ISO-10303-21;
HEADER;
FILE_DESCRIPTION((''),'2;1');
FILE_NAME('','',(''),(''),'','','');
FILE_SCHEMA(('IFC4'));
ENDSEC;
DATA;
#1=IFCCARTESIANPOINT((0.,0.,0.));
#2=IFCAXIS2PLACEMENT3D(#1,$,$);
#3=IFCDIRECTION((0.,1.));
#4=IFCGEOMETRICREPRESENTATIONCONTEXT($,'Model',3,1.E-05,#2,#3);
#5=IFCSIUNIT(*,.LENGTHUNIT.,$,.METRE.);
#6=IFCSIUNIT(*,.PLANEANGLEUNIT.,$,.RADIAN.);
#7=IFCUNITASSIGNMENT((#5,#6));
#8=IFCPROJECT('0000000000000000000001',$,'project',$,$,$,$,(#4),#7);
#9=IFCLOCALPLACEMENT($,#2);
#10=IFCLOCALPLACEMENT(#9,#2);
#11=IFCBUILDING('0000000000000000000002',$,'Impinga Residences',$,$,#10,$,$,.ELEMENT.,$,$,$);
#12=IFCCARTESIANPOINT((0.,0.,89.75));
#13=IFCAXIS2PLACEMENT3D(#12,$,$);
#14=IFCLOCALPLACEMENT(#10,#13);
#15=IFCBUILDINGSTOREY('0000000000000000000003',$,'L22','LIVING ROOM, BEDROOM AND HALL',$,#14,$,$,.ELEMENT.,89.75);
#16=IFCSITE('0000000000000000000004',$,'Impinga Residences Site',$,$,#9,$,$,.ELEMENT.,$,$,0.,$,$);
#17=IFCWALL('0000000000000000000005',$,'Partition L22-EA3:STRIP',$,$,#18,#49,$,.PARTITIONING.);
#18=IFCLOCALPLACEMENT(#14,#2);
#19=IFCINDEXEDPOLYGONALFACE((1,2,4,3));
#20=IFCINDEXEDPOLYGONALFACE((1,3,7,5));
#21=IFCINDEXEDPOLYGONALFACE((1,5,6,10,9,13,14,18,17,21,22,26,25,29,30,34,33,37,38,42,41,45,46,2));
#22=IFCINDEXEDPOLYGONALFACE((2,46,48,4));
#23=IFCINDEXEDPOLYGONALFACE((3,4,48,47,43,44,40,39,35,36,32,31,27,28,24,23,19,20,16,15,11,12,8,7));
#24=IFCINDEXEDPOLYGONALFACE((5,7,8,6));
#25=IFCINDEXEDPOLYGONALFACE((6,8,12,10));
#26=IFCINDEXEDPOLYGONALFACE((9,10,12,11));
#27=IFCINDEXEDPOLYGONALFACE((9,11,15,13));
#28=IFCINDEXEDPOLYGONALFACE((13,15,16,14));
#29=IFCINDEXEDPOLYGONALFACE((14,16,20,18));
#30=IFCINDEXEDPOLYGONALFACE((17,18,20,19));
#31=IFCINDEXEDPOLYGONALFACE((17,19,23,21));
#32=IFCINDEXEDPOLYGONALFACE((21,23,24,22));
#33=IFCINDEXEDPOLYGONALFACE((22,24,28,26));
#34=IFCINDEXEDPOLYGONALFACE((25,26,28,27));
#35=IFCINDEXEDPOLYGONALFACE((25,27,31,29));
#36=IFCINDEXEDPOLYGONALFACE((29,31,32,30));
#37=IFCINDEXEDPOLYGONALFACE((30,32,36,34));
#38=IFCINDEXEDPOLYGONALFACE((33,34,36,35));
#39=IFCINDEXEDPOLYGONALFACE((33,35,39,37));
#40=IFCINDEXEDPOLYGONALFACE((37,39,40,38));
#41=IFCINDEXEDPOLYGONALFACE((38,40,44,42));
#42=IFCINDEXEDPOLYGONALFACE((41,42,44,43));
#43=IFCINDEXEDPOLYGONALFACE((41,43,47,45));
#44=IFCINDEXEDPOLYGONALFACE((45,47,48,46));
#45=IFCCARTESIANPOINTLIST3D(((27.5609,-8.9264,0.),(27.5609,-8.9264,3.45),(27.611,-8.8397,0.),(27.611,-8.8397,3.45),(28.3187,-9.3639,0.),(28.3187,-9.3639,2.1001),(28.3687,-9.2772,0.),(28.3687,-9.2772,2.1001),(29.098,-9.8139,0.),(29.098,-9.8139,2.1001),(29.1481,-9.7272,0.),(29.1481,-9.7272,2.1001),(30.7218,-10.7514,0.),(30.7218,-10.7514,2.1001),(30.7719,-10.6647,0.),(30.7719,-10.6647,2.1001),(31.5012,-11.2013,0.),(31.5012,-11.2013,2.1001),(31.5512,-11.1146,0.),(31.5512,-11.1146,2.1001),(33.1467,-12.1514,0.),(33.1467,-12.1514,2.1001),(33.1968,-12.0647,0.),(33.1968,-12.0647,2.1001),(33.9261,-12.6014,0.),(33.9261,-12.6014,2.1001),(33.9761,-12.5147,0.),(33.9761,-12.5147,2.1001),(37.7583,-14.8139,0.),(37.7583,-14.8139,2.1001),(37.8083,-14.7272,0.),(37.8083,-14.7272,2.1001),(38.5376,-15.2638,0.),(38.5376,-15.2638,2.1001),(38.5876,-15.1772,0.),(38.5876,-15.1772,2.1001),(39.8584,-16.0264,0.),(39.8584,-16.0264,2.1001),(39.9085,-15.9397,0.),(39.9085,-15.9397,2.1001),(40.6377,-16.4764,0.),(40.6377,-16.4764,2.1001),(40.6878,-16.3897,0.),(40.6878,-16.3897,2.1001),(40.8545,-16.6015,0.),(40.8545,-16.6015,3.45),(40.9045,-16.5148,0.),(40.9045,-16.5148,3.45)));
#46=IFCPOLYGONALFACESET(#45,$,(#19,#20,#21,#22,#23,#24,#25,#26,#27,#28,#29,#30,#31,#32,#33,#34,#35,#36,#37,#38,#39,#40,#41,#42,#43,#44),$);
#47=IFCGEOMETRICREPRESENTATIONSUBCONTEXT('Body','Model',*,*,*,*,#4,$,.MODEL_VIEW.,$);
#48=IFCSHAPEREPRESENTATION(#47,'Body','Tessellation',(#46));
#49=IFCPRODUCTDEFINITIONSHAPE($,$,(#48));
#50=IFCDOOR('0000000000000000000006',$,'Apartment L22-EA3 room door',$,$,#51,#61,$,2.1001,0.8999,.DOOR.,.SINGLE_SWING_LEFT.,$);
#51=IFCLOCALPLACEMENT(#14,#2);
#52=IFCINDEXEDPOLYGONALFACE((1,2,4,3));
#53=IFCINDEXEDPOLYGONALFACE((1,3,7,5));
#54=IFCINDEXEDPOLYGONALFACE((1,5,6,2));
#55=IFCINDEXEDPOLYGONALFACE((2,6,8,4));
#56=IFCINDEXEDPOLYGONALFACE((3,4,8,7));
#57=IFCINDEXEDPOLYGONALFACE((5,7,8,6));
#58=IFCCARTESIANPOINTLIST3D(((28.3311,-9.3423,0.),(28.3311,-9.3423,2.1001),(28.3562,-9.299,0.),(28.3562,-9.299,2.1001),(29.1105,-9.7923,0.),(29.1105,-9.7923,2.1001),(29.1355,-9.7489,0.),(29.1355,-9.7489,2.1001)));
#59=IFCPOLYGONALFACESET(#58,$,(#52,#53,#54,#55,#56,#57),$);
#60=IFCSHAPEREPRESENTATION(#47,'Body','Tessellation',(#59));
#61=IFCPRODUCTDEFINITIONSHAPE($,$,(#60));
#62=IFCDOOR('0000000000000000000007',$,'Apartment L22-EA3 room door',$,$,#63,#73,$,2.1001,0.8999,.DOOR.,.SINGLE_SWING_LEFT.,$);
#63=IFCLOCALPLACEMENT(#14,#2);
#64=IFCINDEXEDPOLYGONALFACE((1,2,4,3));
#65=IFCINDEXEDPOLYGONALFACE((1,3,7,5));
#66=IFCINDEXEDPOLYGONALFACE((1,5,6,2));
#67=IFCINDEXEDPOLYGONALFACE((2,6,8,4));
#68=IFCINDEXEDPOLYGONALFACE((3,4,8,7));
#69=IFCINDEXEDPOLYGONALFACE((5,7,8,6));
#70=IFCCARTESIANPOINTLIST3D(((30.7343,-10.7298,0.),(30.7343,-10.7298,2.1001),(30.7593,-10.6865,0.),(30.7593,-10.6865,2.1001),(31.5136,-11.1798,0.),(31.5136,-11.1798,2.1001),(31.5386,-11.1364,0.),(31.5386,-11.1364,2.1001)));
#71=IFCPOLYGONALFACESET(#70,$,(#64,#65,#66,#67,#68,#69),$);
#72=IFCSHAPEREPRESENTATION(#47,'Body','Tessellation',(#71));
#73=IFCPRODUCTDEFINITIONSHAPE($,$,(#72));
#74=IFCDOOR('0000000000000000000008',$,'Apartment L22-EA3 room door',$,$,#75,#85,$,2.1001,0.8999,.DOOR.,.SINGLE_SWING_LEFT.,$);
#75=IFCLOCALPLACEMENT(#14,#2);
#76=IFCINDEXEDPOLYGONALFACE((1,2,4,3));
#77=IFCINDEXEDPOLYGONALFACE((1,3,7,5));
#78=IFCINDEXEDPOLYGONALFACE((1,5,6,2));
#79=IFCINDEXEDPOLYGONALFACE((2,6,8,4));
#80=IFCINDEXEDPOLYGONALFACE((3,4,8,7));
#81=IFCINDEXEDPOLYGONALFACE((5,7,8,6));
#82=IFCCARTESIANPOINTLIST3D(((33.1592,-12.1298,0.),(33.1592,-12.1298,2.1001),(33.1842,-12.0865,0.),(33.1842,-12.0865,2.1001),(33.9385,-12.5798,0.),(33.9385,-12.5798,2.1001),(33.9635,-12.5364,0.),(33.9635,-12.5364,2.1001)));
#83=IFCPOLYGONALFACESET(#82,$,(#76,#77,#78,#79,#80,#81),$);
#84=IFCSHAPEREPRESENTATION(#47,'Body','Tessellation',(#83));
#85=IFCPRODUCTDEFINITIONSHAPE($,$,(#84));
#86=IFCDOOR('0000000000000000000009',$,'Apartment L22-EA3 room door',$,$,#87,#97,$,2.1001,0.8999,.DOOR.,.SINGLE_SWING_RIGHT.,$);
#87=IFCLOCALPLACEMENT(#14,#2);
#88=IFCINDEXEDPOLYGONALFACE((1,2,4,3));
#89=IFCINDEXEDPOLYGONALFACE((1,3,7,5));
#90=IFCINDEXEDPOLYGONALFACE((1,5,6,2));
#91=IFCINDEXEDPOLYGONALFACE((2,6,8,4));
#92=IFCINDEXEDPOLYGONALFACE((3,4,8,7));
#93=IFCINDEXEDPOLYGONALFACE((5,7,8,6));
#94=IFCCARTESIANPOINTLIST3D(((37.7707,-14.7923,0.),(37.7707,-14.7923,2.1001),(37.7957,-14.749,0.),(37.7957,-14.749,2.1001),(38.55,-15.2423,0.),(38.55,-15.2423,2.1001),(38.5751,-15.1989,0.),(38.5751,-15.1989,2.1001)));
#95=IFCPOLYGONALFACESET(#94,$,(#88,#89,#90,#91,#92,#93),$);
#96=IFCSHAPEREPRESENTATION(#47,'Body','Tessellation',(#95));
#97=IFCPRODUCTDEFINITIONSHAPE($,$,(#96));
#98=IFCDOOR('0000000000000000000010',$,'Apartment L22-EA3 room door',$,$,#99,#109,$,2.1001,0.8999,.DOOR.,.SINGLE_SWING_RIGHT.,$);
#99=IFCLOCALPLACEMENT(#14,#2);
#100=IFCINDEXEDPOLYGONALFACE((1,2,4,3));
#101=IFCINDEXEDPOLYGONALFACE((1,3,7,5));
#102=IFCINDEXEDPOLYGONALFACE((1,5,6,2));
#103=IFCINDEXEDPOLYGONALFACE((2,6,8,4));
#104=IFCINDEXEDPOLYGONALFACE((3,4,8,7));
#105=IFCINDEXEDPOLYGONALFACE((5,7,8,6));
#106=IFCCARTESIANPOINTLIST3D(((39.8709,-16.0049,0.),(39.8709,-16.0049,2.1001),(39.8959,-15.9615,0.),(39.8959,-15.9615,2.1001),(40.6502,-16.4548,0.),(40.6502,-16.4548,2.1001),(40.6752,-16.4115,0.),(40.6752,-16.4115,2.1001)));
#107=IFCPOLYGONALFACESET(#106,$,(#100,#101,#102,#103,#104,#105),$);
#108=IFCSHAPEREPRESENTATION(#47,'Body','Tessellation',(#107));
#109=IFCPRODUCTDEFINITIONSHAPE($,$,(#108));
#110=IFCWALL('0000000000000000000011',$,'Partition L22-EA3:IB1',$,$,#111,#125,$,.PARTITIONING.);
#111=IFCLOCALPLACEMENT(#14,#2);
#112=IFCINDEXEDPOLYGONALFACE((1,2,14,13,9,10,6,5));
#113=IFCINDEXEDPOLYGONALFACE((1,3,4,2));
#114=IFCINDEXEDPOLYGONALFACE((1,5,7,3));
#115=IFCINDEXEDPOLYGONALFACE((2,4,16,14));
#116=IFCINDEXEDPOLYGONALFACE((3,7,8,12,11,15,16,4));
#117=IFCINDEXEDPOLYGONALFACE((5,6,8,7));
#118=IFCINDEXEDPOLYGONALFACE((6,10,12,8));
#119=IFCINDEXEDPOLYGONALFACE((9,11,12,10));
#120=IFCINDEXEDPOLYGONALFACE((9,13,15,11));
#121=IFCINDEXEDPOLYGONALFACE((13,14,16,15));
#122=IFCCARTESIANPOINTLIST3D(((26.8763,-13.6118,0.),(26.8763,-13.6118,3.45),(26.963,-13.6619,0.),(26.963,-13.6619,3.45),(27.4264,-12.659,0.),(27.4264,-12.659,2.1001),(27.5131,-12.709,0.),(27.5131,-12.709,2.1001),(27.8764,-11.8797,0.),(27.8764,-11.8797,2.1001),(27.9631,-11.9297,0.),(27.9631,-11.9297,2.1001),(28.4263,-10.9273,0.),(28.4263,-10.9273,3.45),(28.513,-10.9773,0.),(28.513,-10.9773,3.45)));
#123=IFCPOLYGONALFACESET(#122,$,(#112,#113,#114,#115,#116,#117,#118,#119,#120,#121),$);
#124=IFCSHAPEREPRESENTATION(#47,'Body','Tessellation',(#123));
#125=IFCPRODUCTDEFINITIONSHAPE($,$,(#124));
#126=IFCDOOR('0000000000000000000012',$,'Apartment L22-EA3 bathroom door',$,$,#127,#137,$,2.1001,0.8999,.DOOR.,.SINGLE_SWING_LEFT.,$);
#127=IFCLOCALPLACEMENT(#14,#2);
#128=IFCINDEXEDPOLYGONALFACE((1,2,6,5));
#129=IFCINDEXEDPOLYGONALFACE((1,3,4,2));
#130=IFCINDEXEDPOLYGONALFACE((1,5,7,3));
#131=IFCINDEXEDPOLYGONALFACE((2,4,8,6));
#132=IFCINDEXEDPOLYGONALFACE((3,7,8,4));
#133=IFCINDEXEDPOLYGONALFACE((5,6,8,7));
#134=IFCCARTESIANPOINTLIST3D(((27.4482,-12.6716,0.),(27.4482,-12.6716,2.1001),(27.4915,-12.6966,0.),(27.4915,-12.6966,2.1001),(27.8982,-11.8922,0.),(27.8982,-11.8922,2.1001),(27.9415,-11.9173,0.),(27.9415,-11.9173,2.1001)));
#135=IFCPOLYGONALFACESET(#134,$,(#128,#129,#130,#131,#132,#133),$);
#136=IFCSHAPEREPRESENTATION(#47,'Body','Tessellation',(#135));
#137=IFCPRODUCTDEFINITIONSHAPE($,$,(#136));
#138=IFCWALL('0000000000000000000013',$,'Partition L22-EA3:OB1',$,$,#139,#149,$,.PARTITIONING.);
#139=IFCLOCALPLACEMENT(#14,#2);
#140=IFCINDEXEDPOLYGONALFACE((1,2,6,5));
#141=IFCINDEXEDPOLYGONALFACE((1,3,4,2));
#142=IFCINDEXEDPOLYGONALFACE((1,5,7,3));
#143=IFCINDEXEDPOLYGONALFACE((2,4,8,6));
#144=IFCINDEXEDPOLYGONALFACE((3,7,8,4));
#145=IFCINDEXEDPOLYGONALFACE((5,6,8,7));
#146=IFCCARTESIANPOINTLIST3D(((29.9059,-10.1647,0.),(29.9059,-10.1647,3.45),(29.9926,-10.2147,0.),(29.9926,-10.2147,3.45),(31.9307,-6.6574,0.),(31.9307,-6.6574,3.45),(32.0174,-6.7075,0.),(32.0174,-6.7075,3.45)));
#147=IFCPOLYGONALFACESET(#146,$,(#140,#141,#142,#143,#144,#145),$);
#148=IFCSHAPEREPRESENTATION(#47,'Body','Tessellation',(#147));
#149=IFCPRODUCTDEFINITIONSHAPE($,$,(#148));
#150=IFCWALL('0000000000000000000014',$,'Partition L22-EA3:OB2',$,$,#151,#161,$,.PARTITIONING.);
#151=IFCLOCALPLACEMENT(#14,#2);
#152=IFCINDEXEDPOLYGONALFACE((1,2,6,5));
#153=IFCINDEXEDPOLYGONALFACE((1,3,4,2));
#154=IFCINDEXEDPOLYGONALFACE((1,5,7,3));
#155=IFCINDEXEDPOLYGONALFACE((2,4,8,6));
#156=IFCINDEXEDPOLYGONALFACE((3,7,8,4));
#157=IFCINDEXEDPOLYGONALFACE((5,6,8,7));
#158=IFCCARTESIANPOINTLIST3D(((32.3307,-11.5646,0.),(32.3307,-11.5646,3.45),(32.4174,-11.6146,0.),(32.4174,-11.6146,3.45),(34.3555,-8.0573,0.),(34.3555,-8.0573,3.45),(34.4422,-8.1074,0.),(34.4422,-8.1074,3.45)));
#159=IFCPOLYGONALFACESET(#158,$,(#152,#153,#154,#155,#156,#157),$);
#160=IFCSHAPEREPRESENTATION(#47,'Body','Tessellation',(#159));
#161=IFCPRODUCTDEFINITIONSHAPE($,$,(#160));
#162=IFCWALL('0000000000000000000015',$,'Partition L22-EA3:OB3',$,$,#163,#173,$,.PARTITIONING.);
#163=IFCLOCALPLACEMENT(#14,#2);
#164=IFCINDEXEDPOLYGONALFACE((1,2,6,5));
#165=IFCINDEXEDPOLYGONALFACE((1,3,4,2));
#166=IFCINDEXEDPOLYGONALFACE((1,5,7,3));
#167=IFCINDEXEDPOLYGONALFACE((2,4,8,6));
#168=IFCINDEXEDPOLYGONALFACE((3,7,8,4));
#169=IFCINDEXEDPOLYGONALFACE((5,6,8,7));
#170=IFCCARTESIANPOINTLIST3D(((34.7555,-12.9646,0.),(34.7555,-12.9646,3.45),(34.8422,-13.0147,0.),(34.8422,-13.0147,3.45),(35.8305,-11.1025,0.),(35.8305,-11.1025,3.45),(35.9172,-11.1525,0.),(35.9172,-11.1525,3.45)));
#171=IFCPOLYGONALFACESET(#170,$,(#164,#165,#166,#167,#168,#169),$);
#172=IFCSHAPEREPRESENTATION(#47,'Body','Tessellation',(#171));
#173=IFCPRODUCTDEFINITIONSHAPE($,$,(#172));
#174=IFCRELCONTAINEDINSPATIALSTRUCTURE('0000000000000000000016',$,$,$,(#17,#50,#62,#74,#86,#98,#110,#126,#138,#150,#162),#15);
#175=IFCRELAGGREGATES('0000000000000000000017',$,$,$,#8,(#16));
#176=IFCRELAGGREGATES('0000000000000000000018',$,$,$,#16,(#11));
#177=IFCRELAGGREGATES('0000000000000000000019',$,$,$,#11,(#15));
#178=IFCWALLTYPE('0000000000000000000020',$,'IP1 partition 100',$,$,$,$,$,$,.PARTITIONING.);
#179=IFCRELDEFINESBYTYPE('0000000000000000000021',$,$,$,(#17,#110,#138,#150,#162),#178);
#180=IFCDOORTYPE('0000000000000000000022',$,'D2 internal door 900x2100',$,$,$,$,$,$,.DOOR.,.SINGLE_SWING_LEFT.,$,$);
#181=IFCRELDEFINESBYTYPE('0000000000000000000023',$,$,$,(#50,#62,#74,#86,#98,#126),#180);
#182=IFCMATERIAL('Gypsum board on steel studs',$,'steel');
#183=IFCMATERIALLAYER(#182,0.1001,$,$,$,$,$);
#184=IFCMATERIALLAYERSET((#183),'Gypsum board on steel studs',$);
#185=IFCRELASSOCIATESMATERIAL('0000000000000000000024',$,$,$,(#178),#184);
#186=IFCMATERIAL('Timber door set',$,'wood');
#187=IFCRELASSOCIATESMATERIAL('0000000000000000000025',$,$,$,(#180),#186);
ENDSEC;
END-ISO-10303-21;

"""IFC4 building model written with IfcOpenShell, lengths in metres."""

from ifc_helpers import new_model, si_unit, direction, frame, frame_2d, origin, place, context, subcontext, project, spatial, rectangle, extrude, material, layer, layer_set, type_object, element, fill, save


model = new_model("IFC4")

# Units and contexts
model_context = context("Model", 3, precision=1e-05, world=origin(), true_north=direction((0.0, 1.0)))
body_context = subcontext(model_context, "Body", "Model", "MODEL_VIEW")
ifc_project = project(units=[si_unit("LENGTHUNIT", "METRE"), si_unit("PLANEANGLEUNIT", "RADIAN")], contexts=[model_context])

# Site, building, storey
site_placement = place(None, origin())
site = spatial("IfcSite", under=ifc_project, at=site_placement, Name="Impinga Residences Site", CompositionType="ELEMENT", RefElevation=0.0)
building_placement = place(site_placement, origin())
building = spatial("IfcBuilding", under=site, at=building_placement, Name="Impinga Residences", CompositionType="ELEMENT")
storey_placement = place(building_placement, frame((0.0, 0.0, 89.75)))
storey = spatial("IfcBuildingStorey", under=building, at=storey_placement, Name="L22", Description="LIVING ROOM, BEDROOM AND HALL", CompositionType="ELEMENT", Elevation=89.75)

# Shared definitions
ifc_material_1 = material(Name="Gypsum board on steel studs", Category="steel")
ifc_layer_1 = layer(ifc_material_1, 0.1001)
ifc_layer_set_1 = layer_set([ifc_layer_1], Name="Gypsum board on steel studs")
wall_type_1 = type_object("IfcWallType", Name="IP1 partition 100", PredefinedType="PARTITIONING", material=ifc_layer_set_1)

# Wall, openings, doors
wall_1_placement = place(storey_placement, frame((27.5859, -8.8831, 0.0), z_axis=(0.0, 0.0, 1.0), x_axis=(0.866023, -0.500003, 0.0)))
wall_1 = element("IfcWall", 1, at=wall_1_placement, inside=storey, type_object=wall_type_1, Name="Partition L22-EA3:STRIP", PredefinedType="PARTITIONING", context=body_context, shape_type="SweptSolid", body=[
    extrude(rectangle(XDim=15.3501, YDim=0.1001, at=frame_2d((7.675, 0.0))), origin(), (0.0, 0.0, 1.0), 3.45),
])
opening_1_placement = place(wall_1_placement, frame((0.875, 0.0, 0.0)))
opening_1 = element("IfcOpeningElement", 2, at=opening_1_placement, cuts=wall_1, PredefinedType="OPENING", context=body_context, shape_type="SweptSolid", body=[
    extrude(rectangle(XDim=0.8999, YDim=2.1001, at=frame_2d((0.45, 1.05))), frame((0.0, 0.0601, 0.0), z_axis=(0.0, -1.0, 0.0), x_axis=(1.0, 0.0, 0.0)), (0.0, 0.0, 1.0), 0.1201),
])
opening_2_placement = place(wall_1_placement, frame((3.6499, 0.0, 0.0)))
opening_2 = element("IfcOpeningElement", 3, at=opening_2_placement, cuts=wall_1, PredefinedType="OPENING", context=body_context, shape_type="SweptSolid", body=[
    extrude(rectangle(XDim=0.8999, YDim=2.1001, at=frame_2d((0.45, 1.05))), frame((0.0, 0.0601, 0.0), z_axis=(0.0, -1.0, 0.0), x_axis=(1.0, 0.0, 0.0)), (0.0, 0.0, 1.0), 0.1201),
])
opening_3_placement = place(wall_1_placement, frame((6.45, 0.0, 0.0)))
opening_3 = element("IfcOpeningElement", 4, at=opening_3_placement, cuts=wall_1, PredefinedType="OPENING", context=body_context, shape_type="SweptSolid", body=[
    extrude(rectangle(XDim=0.8999, YDim=2.1001, at=frame_2d((0.45, 1.05))), frame((0.0, 0.0601, 0.0), z_axis=(0.0, -1.0, 0.0), x_axis=(1.0, 0.0, 0.0)), (0.0, 0.0, 1.0), 0.1201),
])
opening_4_placement = place(wall_1_placement, frame((11.7749, 0.0, 0.0)))
opening_4 = element("IfcOpeningElement", 5, at=opening_4_placement, cuts=wall_1, PredefinedType="OPENING", context=body_context, shape_type="SweptSolid", body=[
    extrude(rectangle(XDim=0.8999, YDim=2.1001, at=frame_2d((0.45, 1.05))), frame((0.0, 0.0601, 0.0), z_axis=(0.0, -1.0, 0.0), x_axis=(1.0, 0.0, 0.0)), (0.0, 0.0, 1.0), 0.1201),
])
opening_5_placement = place(wall_1_placement, frame((14.2, 0.0, 0.0)))
opening_5 = element("IfcOpeningElement", 6, at=opening_5_placement, cuts=wall_1, PredefinedType="OPENING", context=body_context, shape_type="SweptSolid", body=[
    extrude(rectangle(XDim=0.8999, YDim=2.1001, at=frame_2d((0.45, 1.05))), frame((0.0, 0.0601, 0.0), z_axis=(0.0, -1.0, 0.0), x_axis=(1.0, 0.0, 0.0)), (0.0, 0.0, 1.0), 0.1201),
])
ifc_material_2 = material(Name="Timber door set", Category="wood")
door_type = type_object("IfcDoorType", Name="D2 internal door 900x2100", OperationType="SINGLE_SWING_LEFT", PredefinedType="DOOR", material=ifc_material_2)
door_1_placement = place(opening_1_placement, origin())
door_1 = element("IfcDoor", 7, at=door_1_placement, inside=storey, type_object=door_type, Name="Apartment L22-EA3 room door", OperationType="SINGLE_SWING_LEFT", OverallHeight=2.1001, OverallWidth=0.8999, PredefinedType="DOOR", context=body_context, shape_type="SweptSolid", body=[
    extrude(rectangle(XDim=0.8999, YDim=2.1001, at=frame_2d((0.45, 1.05))), frame((0.0, 0.0249, 0.0), z_axis=(0.0, -1.0, 0.0), x_axis=(1.0, 0.0, 0.0)), (0.0, 0.0, 1.0), 0.05),
])
fill(opening_1, door_1)
door_2_placement = place(opening_2_placement, origin())
door_2 = element("IfcDoor", 8, at=door_2_placement, inside=storey, type_object=door_type, Name="Apartment L22-EA3 room door", OperationType="SINGLE_SWING_LEFT", OverallHeight=2.1001, OverallWidth=0.8999, PredefinedType="DOOR", context=body_context, shape_type="SweptSolid", body=[
    extrude(rectangle(XDim=0.8999, YDim=2.1001, at=frame_2d((0.45, 1.05))), frame((0.0, 0.0249, 0.0), z_axis=(0.0, -1.0, 0.0), x_axis=(1.0, 0.0, 0.0)), (0.0, 0.0, 1.0), 0.05),
])
fill(opening_2, door_2)
door_3_placement = place(opening_3_placement, origin())
door_3 = element("IfcDoor", 9, at=door_3_placement, inside=storey, type_object=door_type, Name="Apartment L22-EA3 room door", OperationType="SINGLE_SWING_LEFT", OverallHeight=2.1001, OverallWidth=0.8999, PredefinedType="DOOR", context=body_context, shape_type="SweptSolid", body=[
    extrude(rectangle(XDim=0.8999, YDim=2.1001, at=frame_2d((0.45, 1.05))), frame((0.0, 0.0249, 0.0), z_axis=(0.0, -1.0, 0.0), x_axis=(1.0, 0.0, 0.0)), (0.0, 0.0, 1.0), 0.05),
])
fill(opening_3, door_3)
door_4_placement = place(opening_4_placement, origin())
door_4 = element("IfcDoor", 10, at=door_4_placement, inside=storey, type_object=door_type, Name="Apartment L22-EA3 room door", OperationType="SINGLE_SWING_RIGHT", OverallHeight=2.1001, OverallWidth=0.8999, PredefinedType="DOOR", context=body_context, shape_type="SweptSolid", body=[
    extrude(rectangle(XDim=0.8999, YDim=2.1001, at=frame_2d((0.45, 1.05))), frame((0.0, 0.0249, 0.0), z_axis=(0.0, -1.0, 0.0), x_axis=(1.0, 0.0, 0.0)), (0.0, 0.0, 1.0), 0.05),
])
fill(opening_4, door_4)
door_5_placement = place(opening_5_placement, origin())
door_5 = element("IfcDoor", 11, at=door_5_placement, inside=storey, type_object=door_type, Name="Apartment L22-EA3 room door", OperationType="SINGLE_SWING_RIGHT", OverallHeight=2.1001, OverallWidth=0.8999, PredefinedType="DOOR", context=body_context, shape_type="SweptSolid", body=[
    extrude(rectangle(XDim=0.8999, YDim=2.1001, at=frame_2d((0.45, 1.05))), frame((0.0, 0.0249, 0.0), z_axis=(0.0, -1.0, 0.0), x_axis=(1.0, 0.0, 0.0)), (0.0, 0.0, 1.0), 0.05),
])
fill(opening_5, door_5)

# Wall, opening, door
wall_2_placement = place(storey_placement, frame((26.9197, -13.6367, 0.0), z_axis=(0.0, 0.0, 1.0), x_axis=(0.500027, 0.86601, 0.0)))
wall_2 = element("IfcWall", 12, at=wall_2_placement, inside=storey, type_object=wall_type_1, Name="Partition L22-EA3:IB1", PredefinedType="PARTITIONING", context=body_context, shape_type="SweptSolid", body=[
    extrude(rectangle(XDim=3.0999, YDim=0.1001, at=frame_2d((1.5498, 0.0))), origin(), (0.0, 0.0, 1.0), 3.45),
])
opening_6_placement = place(wall_2_placement, frame((1.1001, 0.0, 0.0)))
opening_6 = element("IfcOpeningElement", 13, at=opening_6_placement, cuts=wall_2, PredefinedType="OPENING", context=body_context, shape_type="SweptSolid", body=[
    extrude(rectangle(XDim=0.8999, YDim=2.1001, at=frame_2d((0.45, 1.05))), frame((0.0, 0.0601, 0.0), z_axis=(0.0, -1.0, 0.0), x_axis=(1.0, 0.0, 0.0)), (0.0, 0.0, 1.0), 0.1201),
])
door_6_placement = place(opening_6_placement, origin())
door_6 = element("IfcDoor", 14, at=door_6_placement, inside=storey, type_object=door_type, Name="Apartment L22-EA3 bathroom door", OperationType="SINGLE_SWING_LEFT", OverallHeight=2.1001, OverallWidth=0.8999, PredefinedType="DOOR", context=body_context, shape_type="SweptSolid", body=[
    extrude(rectangle(XDim=0.8999, YDim=2.1001, at=frame_2d((0.45, 1.05))), frame((0.0, 0.0249, 0.0), z_axis=(0.0, -1.0, 0.0), x_axis=(1.0, 0.0, 0.0)), (0.0, 0.0, 1.0), 0.05),
])
fill(opening_6, door_6)

# Walls
for number, where, z_axis, x_axis, name in (
    (15, (29.9492, -10.1897, 0.0), (0.0, 0.0, 1.0), (0.49999, 0.866031, 0.0), "Partition L22-EA3:OB1"),
    (16, (32.374, -11.5896, 0.0), (0.0, 0.0, 1.0), (0.49999, 0.866031, 0.0), "Partition L22-EA3:OB2"),
):
    element("IfcWall", number, at=place(storey_placement, frame(where, z_axis=z_axis, x_axis=x_axis)), inside=storey, type_object=wall_type_1, Name=name, PredefinedType="PARTITIONING", context=body_context, shape_type="SweptSolid", body=[
        extrude(rectangle(XDim=4.0498, YDim=0.1001, at=frame_2d((2.0249, 0.0))), origin(), (0.0, 0.0, 1.0), 3.45),
    ])
wall_3_placement = place(storey_placement, frame((34.7988, -12.9897, 0.0), z_axis=(0.0, 0.0, 1.0), x_axis=(0.499962, 0.866048, 0.0)))
element("IfcWall", 17, at=wall_3_placement, inside=storey, type_object=wall_type_1, Name="Partition L22-EA3:OB3", PredefinedType="PARTITIONING", context=body_context, shape_type="SweptSolid", body=[
    extrude(rectangle(XDim=2.1501, YDim=0.1001, at=frame_2d((1.0752, 0.0))), origin(), (0.0, 0.0, 1.0), 3.45),
])

save(model, "model.ifc")
